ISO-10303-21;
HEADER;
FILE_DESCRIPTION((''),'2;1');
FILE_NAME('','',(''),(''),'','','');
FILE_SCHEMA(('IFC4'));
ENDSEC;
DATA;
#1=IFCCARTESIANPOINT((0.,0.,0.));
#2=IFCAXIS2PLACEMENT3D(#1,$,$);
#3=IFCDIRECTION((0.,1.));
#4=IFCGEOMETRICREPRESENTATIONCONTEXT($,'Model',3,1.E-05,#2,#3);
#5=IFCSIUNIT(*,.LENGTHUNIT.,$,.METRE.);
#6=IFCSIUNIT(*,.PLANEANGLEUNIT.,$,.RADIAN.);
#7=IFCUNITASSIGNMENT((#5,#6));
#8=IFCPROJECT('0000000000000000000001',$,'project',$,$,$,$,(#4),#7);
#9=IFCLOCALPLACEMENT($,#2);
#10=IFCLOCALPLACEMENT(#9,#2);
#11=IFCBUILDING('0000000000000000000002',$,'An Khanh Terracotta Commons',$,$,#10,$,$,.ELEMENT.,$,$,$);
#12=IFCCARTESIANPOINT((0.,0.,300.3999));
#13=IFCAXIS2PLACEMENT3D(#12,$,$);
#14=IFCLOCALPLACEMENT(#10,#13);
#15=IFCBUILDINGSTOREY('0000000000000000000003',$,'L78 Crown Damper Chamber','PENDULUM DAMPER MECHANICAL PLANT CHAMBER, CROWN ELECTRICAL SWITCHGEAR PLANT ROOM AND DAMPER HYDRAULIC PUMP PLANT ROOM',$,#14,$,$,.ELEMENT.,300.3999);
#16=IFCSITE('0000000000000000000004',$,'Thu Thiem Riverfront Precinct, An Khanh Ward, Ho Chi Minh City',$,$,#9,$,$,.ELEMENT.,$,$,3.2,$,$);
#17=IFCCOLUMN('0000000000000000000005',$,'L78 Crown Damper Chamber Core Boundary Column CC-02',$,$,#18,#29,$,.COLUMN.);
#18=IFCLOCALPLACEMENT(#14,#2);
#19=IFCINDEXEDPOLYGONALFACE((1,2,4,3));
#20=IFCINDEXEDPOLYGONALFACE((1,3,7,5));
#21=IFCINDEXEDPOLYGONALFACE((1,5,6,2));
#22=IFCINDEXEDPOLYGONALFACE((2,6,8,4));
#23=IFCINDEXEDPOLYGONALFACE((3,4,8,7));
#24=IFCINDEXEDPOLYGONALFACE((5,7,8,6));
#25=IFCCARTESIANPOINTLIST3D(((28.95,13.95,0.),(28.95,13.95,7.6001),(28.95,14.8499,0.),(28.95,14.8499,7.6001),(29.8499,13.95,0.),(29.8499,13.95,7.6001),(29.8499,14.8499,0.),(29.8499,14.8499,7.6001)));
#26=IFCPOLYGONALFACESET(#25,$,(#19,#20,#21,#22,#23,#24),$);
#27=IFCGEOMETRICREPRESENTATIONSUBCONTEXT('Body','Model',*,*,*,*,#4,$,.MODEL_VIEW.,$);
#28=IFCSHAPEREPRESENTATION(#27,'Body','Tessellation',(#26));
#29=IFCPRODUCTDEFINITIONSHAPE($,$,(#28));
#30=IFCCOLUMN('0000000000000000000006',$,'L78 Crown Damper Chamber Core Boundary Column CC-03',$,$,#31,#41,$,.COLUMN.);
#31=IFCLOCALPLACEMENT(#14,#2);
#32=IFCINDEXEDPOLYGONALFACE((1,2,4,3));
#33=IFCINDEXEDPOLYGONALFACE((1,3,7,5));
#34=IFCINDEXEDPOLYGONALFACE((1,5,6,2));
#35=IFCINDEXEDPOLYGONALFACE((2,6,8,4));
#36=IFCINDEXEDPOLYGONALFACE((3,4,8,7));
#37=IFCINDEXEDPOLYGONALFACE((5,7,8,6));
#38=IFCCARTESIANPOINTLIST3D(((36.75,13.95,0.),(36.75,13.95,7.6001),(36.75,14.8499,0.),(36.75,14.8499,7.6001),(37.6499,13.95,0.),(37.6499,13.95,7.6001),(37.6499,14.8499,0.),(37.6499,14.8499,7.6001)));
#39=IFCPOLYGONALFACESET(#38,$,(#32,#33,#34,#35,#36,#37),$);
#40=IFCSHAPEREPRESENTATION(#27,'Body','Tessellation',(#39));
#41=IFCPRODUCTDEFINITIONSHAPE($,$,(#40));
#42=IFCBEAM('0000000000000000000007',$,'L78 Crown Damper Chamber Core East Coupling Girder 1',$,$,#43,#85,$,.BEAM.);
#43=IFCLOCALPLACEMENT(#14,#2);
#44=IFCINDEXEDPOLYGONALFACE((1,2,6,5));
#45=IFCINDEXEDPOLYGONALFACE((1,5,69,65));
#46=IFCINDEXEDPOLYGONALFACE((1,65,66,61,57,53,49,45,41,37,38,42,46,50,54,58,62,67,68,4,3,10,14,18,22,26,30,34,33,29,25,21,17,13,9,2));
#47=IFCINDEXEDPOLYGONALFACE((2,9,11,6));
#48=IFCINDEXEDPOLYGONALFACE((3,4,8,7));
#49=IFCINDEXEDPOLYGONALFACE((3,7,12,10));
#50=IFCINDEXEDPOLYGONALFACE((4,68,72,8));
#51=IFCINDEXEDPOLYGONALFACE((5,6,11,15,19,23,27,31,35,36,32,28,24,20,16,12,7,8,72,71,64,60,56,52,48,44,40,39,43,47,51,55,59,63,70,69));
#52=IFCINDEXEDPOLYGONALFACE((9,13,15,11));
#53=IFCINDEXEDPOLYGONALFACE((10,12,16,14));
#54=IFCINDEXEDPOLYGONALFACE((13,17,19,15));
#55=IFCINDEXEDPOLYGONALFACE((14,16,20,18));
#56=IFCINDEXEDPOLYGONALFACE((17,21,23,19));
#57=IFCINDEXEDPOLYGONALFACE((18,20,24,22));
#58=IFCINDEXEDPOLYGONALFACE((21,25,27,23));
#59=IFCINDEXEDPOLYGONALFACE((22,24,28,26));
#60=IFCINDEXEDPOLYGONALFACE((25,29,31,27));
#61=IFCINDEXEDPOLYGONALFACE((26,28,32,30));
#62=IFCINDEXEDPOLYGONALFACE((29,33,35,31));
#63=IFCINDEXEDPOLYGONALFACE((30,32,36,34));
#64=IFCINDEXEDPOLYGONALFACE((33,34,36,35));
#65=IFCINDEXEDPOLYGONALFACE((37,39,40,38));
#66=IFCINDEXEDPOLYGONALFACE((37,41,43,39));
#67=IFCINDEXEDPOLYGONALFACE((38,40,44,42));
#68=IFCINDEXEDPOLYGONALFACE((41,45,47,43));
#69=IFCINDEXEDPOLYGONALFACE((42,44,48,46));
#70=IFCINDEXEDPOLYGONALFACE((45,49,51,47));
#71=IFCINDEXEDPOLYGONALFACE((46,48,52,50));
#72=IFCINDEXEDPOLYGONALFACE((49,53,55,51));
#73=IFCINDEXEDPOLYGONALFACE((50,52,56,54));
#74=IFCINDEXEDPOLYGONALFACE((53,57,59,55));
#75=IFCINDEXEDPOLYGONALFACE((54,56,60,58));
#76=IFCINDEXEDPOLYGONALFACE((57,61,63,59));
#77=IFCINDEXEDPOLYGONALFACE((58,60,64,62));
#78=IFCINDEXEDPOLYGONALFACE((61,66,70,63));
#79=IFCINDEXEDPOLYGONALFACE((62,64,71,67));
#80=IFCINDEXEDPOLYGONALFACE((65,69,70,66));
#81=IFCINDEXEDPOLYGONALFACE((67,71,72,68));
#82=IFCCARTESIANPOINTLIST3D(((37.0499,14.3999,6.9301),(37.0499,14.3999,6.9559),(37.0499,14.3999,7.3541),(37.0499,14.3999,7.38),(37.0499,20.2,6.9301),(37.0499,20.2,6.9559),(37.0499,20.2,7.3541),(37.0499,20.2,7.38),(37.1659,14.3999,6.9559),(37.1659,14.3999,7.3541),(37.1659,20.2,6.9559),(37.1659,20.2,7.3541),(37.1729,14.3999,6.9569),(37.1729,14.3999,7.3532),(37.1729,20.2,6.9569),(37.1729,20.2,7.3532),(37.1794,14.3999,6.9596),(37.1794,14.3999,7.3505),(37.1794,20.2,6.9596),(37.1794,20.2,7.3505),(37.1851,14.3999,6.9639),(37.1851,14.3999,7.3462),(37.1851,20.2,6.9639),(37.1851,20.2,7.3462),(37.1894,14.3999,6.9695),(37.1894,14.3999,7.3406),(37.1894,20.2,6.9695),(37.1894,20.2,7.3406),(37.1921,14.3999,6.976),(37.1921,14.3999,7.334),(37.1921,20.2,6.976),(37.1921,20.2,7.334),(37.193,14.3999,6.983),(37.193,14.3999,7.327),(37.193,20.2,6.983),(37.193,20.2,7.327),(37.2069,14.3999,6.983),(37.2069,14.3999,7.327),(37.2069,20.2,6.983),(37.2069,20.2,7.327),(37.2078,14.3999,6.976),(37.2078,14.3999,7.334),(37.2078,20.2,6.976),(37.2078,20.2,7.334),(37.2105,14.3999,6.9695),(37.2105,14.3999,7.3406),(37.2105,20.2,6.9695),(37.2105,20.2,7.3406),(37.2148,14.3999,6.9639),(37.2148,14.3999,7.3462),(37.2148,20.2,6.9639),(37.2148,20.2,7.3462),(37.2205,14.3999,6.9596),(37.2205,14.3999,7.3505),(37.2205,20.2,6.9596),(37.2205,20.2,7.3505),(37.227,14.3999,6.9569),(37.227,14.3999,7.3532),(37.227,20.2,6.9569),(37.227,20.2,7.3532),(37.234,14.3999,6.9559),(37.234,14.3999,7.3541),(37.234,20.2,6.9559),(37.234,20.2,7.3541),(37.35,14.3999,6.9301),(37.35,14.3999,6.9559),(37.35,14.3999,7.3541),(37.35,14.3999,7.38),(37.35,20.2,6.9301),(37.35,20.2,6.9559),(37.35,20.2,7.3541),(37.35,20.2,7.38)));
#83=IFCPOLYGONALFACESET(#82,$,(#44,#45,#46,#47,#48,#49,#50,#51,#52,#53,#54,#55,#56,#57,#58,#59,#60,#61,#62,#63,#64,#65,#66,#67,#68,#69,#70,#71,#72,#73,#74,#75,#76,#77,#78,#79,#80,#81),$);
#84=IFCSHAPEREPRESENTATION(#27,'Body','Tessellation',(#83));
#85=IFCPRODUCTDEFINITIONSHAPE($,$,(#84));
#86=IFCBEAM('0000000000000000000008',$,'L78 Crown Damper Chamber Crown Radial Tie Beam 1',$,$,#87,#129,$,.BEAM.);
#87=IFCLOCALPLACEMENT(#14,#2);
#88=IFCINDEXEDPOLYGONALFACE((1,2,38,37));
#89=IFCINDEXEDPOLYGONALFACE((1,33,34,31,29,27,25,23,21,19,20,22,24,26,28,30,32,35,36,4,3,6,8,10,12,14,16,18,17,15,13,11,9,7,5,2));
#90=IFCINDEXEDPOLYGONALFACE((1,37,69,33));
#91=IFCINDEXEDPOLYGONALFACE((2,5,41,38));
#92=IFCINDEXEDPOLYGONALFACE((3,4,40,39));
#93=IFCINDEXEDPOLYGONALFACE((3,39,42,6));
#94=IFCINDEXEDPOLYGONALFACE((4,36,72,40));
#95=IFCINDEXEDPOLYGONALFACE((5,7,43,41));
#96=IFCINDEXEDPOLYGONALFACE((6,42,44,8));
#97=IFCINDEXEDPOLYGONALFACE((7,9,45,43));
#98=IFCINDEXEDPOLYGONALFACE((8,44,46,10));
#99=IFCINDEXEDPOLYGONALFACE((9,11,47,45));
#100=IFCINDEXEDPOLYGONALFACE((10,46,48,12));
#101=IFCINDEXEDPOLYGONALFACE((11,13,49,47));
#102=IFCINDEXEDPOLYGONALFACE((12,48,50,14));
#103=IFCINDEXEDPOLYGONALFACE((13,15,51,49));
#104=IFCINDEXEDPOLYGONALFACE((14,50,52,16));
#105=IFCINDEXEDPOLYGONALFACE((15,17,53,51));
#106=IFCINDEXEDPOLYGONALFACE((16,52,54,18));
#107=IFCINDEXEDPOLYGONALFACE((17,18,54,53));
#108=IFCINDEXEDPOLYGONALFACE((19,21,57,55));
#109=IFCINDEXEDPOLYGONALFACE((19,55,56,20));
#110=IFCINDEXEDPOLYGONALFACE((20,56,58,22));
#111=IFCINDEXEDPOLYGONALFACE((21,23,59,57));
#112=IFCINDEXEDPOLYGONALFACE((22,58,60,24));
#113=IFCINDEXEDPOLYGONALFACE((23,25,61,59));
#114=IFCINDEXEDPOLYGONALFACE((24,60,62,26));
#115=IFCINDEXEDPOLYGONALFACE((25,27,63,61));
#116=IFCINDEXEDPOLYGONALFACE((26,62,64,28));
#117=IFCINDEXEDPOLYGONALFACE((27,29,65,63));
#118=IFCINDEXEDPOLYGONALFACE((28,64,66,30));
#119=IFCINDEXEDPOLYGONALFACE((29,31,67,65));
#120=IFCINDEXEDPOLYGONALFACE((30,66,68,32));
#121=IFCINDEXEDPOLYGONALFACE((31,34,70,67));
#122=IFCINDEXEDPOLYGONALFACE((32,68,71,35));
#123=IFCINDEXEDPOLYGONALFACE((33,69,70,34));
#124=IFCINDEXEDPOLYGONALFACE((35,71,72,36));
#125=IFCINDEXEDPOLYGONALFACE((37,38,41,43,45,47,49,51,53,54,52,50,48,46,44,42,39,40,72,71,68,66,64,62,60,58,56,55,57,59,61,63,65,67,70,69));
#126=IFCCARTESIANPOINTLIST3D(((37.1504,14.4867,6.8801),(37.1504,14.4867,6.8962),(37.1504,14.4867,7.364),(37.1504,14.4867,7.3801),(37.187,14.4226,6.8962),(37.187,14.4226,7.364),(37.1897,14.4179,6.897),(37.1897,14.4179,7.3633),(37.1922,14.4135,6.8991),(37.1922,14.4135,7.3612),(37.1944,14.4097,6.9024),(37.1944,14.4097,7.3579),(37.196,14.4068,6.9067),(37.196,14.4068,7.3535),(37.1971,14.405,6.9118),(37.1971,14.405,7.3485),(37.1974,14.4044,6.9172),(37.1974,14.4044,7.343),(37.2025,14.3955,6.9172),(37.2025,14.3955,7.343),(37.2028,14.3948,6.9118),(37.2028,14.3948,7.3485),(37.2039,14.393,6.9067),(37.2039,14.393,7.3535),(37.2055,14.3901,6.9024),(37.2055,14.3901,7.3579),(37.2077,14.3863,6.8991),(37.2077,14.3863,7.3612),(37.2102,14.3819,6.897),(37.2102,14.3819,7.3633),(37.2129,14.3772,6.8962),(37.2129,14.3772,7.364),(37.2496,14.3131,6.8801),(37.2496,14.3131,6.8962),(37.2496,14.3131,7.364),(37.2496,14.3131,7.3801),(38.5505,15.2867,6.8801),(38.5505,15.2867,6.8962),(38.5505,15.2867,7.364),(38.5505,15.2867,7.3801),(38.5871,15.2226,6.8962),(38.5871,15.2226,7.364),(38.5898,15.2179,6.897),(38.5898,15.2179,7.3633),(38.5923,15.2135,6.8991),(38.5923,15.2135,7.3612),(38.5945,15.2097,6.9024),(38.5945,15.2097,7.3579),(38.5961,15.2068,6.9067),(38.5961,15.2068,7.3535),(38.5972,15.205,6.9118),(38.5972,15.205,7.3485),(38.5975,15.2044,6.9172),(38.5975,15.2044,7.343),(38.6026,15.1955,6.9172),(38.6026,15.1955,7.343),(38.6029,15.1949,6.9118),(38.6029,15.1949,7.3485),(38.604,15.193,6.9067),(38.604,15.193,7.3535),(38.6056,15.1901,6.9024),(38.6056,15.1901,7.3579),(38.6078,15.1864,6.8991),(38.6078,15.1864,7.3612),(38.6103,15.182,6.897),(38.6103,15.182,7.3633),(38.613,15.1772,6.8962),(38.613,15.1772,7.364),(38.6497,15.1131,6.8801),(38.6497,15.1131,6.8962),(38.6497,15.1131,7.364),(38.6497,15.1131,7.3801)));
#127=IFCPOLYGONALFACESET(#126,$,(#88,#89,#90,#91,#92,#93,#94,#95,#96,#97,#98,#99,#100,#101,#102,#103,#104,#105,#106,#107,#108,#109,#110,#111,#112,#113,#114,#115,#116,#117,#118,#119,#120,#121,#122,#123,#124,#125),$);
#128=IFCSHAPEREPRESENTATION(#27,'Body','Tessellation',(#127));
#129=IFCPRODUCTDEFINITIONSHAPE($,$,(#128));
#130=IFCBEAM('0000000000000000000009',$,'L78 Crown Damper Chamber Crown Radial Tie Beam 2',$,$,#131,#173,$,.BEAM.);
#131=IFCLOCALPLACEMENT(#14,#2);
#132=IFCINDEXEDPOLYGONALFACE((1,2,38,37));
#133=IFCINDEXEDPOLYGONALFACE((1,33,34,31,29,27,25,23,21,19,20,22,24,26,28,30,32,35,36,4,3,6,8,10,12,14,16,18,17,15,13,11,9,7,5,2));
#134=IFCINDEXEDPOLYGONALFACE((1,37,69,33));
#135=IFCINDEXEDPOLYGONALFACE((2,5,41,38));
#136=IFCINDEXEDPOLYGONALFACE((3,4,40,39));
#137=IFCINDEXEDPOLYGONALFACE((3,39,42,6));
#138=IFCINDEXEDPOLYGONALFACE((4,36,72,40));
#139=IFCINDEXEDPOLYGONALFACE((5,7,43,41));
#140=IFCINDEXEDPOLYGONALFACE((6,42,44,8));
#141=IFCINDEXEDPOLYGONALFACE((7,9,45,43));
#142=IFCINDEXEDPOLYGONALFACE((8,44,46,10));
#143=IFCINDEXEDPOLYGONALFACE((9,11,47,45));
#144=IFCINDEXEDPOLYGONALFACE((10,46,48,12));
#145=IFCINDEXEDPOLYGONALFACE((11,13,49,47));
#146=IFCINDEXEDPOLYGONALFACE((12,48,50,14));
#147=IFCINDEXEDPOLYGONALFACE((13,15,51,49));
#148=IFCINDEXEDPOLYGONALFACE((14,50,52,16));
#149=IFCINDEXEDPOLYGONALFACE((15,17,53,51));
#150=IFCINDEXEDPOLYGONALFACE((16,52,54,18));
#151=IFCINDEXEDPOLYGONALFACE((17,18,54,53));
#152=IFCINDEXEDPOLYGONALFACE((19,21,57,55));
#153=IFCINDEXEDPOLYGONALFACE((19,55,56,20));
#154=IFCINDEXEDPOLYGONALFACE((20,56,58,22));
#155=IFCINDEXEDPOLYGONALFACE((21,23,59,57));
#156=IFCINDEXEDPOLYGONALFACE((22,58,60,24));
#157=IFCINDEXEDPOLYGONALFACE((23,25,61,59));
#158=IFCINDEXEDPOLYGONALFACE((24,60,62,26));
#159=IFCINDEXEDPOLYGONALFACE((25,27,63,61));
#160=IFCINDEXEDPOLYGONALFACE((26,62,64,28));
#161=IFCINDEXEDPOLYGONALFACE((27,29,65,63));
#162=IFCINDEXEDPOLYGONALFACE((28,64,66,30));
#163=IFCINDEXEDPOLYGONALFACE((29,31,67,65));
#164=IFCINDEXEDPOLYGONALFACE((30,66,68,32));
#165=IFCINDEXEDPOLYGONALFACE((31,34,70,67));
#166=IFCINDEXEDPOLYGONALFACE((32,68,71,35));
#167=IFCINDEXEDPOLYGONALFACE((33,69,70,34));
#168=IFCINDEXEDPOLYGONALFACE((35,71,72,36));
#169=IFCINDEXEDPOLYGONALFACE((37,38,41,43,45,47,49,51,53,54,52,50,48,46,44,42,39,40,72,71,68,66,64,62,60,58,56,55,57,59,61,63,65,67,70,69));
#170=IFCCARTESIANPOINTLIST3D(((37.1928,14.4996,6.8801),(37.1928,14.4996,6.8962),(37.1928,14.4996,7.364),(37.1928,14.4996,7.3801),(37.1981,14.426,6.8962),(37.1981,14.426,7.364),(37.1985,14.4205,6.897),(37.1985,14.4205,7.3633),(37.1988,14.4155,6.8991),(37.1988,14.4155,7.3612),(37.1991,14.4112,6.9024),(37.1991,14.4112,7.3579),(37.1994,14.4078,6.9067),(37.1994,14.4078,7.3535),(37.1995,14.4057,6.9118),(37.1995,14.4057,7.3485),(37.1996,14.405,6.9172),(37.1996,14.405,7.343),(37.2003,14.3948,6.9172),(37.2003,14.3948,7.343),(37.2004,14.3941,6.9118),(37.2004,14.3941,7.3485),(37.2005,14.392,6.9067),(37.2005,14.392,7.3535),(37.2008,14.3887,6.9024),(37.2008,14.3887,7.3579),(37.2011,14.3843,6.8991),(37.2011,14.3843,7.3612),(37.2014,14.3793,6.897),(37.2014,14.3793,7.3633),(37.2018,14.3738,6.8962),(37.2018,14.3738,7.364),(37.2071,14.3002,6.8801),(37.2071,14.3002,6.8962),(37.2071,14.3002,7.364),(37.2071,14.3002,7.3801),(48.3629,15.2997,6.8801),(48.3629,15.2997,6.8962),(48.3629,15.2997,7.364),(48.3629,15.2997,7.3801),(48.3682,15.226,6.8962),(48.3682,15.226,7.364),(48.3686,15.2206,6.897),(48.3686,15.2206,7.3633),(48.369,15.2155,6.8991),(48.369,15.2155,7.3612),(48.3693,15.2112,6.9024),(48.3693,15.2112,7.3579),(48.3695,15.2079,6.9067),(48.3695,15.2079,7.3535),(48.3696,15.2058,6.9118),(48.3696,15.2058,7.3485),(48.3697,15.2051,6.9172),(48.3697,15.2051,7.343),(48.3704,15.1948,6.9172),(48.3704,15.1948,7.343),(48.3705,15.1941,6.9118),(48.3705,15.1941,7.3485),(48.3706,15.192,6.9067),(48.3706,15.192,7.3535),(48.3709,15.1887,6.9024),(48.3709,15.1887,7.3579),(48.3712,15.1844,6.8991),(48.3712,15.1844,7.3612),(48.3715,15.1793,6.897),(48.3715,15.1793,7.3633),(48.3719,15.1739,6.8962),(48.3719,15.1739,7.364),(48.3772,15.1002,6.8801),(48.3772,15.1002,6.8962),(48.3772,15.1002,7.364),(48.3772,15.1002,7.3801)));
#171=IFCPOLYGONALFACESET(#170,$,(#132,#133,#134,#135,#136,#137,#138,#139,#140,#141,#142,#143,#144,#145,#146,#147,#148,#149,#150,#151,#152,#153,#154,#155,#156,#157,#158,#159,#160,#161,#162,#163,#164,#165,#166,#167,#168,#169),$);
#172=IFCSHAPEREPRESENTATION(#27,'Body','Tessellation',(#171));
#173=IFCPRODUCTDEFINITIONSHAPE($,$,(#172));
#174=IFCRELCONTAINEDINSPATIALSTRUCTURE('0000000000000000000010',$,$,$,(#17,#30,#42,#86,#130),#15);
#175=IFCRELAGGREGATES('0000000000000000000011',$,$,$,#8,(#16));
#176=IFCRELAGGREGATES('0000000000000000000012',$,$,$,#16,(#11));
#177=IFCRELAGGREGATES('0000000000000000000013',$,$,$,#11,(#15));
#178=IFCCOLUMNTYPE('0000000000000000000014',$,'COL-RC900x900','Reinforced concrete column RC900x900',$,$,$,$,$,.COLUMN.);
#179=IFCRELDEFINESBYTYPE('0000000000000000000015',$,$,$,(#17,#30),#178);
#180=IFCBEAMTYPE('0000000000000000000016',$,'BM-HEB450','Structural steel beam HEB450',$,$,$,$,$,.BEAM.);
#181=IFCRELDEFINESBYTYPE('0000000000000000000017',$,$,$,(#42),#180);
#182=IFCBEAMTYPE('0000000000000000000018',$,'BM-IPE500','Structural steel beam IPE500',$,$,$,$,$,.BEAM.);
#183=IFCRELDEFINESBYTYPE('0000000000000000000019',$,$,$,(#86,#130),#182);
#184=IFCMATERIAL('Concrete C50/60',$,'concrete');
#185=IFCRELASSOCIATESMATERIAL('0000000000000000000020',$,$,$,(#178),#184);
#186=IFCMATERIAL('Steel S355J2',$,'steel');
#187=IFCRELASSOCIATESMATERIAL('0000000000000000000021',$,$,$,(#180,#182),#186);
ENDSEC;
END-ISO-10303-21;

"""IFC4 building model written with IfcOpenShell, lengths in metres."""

from ifc_helpers import new_model, si_unit, direction, frame, origin, origin_2d, place, context, subcontext, project, spatial, rectangle, i_section, extrude, material, material_profile, profile_set, type_object, element, save


model = new_model("IFC4")

# Units and contexts
model_context = context("Model", 3, precision=1e-05, world=origin(), true_north=direction((0.0, 1.0)))
body_context = subcontext(model_context, "Body", "Model", "MODEL_VIEW")
ifc_project = project(units=[si_unit("LENGTHUNIT", "METRE"), si_unit("PLANEANGLEUNIT", "RADIAN")], contexts=[model_context])

# Site, building, storey
site_placement = place(None, origin())
site = spatial("IfcSite", under=ifc_project, at=site_placement, Name="Thu Thiem Riverfront Precinct, An Khanh Ward, Ho Chi Minh City", CompositionType="ELEMENT", RefElevation=3.2)
building_placement = place(site_placement, origin())
building = spatial("IfcBuilding", under=site, at=building_placement, Name="An Khanh Terracotta Commons", CompositionType="ELEMENT")
storey_placement = place(building_placement, frame((0.0, 0.0, 300.3999)))
storey = spatial("IfcBuildingStorey", under=building, at=storey_placement, Name="L78 Crown Damper Chamber", Description="PENDULUM DAMPER MECHANICAL PLANT CHAMBER, CROWN ELECTRICAL SWITCHGEAR PLANT ROOM AND DAMPER HYDRAULIC PUMP PLANT ROOM", CompositionType="ELEMENT", Elevation=300.3999)

# Columns
ifc_material_1 = material(Name="Concrete C50/60", Category="concrete")
ifc_material_profile_1 = material_profile(ifc_material_1, rectangle(XDim=0.8999, YDim=0.8999, at=origin_2d()), Name="RC900x900")
ifc_profile_set_1 = profile_set([ifc_material_profile_1], Name="Concrete C50/60")
column_type = type_object("IfcColumnType", Name="COL-RC900x900", Description="Reinforced concrete column RC900x900", PredefinedType="COLUMN", material=ifc_profile_set_1)
for number, where, z_axis, x_axis, name in (
    (1, (29.3999, 14.3999, 0.0), (0.0, 0.0, 1.0), (1.0, 0.0, 0.0), "L78 Crown Damper Chamber Core Boundary Column CC-02"),
    (2, (37.2, 14.3999, 0.0), (0.0, 0.0, 1.0), (1.0, 0.0, 0.0), "L78 Crown Damper Chamber Core Boundary Column CC-03"),
):
    element("IfcColumn", number, at=place(storey_placement, frame(where, z_axis=z_axis, x_axis=x_axis)), inside=storey, type_object=column_type, Name=name, PredefinedType="COLUMN", context=body_context, shape_type="SweptSolid", body=[
        extrude(rectangle(XDim=0.8999, YDim=0.8999, at=origin_2d()), origin(), (0.0, 0.0, 1.0), 7.6001),
    ])

# Beams
ifc_material_2 = material(Name="Steel S355J2", Category="steel")
ifc_material_profile_2 = material_profile(ifc_material_2, i_section(OverallWidth=0.3, OverallDepth=0.45, WebThickness=0.0139, FlangeThickness=0.0259, FilletRadius=0.0271, at=origin_2d()), Name="HEB450")
ifc_profile_set_2 = profile_set([ifc_material_profile_2], Name="Steel S355J2")
beam_type_1 = type_object("IfcBeamType", Name="BM-HEB450", Description="Structural steel beam HEB450", PredefinedType="BEAM", material=ifc_profile_set_2)
beam_1_placement = place(storey_placement, frame((37.2, 14.3999, 7.155), z_axis=(0.0, 1.0, 0.0), x_axis=(-1.0, 0.0, 0.0)))
element("IfcBeam", 3, at=beam_1_placement, inside=storey, type_object=beam_type_1, Name="L78 Crown Damper Chamber Core East Coupling Girder 1", PredefinedType="BEAM", context=body_context, shape_type="SweptSolid", body=[
    extrude(i_section(OverallWidth=0.3, OverallDepth=0.45, WebThickness=0.0139, FlangeThickness=0.0259, FilletRadius=0.0271, at=origin_2d()), origin(), (0.0, 0.0, 1.0), 5.8),
])
ifc_material_profile_3 = material_profile(ifc_material_2, i_section(OverallWidth=0.2, OverallDepth=0.5, WebThickness=0.0103, FlangeThickness=0.0161, FilletRadius=0.021, at=origin_2d()), Name="IPE500")
ifc_profile_set_3 = profile_set([ifc_material_profile_3], Name="Steel S355J2")
beam_type_2 = type_object("IfcBeamType", Name="BM-IPE500", Description="Structural steel beam IPE500", PredefinedType="BEAM", material=ifc_profile_set_3)
beam_2_placement = place(storey_placement, frame((37.2, 14.3999, 7.1301), z_axis=(0.868252, 0.496123, 0.0), x_axis=(-0.496123, 0.868252, 0.0)))
element("IfcBeam", 4, at=beam_2_placement, inside=storey, type_object=beam_type_2, Name="L78 Crown Damper Chamber Crown Radial Tie Beam 1", PredefinedType="BEAM", context=body_context, shape_type="SweptSolid", body=[
    extrude(i_section(OverallWidth=0.2, OverallDepth=0.5, WebThickness=0.0103, FlangeThickness=0.0161, FilletRadius=0.021, at=origin_2d()), origin(), (0.0, 0.0, 1.0), 1.6125),
])
beam_3_placement = place(storey_placement, frame((37.2, 14.3999, 7.1301), z_axis=(0.997445, 0.071441, 0.0), x_axis=(-0.071441, 0.997445, 0.0)))
element("IfcBeam", 5, at=beam_3_placement, inside=storey, type_object=beam_type_2, Name="L78 Crown Damper Chamber Crown Radial Tie Beam 2", PredefinedType="BEAM", context=body_context, shape_type="SweptSolid", body=[
    extrude(i_section(OverallWidth=0.2, OverallDepth=0.5, WebThickness=0.0103, FlangeThickness=0.0161, FilletRadius=0.021, at=origin_2d()), origin(), (0.0, 0.0, 1.0), 11.1987),
])

save(model, "model.ifc")
